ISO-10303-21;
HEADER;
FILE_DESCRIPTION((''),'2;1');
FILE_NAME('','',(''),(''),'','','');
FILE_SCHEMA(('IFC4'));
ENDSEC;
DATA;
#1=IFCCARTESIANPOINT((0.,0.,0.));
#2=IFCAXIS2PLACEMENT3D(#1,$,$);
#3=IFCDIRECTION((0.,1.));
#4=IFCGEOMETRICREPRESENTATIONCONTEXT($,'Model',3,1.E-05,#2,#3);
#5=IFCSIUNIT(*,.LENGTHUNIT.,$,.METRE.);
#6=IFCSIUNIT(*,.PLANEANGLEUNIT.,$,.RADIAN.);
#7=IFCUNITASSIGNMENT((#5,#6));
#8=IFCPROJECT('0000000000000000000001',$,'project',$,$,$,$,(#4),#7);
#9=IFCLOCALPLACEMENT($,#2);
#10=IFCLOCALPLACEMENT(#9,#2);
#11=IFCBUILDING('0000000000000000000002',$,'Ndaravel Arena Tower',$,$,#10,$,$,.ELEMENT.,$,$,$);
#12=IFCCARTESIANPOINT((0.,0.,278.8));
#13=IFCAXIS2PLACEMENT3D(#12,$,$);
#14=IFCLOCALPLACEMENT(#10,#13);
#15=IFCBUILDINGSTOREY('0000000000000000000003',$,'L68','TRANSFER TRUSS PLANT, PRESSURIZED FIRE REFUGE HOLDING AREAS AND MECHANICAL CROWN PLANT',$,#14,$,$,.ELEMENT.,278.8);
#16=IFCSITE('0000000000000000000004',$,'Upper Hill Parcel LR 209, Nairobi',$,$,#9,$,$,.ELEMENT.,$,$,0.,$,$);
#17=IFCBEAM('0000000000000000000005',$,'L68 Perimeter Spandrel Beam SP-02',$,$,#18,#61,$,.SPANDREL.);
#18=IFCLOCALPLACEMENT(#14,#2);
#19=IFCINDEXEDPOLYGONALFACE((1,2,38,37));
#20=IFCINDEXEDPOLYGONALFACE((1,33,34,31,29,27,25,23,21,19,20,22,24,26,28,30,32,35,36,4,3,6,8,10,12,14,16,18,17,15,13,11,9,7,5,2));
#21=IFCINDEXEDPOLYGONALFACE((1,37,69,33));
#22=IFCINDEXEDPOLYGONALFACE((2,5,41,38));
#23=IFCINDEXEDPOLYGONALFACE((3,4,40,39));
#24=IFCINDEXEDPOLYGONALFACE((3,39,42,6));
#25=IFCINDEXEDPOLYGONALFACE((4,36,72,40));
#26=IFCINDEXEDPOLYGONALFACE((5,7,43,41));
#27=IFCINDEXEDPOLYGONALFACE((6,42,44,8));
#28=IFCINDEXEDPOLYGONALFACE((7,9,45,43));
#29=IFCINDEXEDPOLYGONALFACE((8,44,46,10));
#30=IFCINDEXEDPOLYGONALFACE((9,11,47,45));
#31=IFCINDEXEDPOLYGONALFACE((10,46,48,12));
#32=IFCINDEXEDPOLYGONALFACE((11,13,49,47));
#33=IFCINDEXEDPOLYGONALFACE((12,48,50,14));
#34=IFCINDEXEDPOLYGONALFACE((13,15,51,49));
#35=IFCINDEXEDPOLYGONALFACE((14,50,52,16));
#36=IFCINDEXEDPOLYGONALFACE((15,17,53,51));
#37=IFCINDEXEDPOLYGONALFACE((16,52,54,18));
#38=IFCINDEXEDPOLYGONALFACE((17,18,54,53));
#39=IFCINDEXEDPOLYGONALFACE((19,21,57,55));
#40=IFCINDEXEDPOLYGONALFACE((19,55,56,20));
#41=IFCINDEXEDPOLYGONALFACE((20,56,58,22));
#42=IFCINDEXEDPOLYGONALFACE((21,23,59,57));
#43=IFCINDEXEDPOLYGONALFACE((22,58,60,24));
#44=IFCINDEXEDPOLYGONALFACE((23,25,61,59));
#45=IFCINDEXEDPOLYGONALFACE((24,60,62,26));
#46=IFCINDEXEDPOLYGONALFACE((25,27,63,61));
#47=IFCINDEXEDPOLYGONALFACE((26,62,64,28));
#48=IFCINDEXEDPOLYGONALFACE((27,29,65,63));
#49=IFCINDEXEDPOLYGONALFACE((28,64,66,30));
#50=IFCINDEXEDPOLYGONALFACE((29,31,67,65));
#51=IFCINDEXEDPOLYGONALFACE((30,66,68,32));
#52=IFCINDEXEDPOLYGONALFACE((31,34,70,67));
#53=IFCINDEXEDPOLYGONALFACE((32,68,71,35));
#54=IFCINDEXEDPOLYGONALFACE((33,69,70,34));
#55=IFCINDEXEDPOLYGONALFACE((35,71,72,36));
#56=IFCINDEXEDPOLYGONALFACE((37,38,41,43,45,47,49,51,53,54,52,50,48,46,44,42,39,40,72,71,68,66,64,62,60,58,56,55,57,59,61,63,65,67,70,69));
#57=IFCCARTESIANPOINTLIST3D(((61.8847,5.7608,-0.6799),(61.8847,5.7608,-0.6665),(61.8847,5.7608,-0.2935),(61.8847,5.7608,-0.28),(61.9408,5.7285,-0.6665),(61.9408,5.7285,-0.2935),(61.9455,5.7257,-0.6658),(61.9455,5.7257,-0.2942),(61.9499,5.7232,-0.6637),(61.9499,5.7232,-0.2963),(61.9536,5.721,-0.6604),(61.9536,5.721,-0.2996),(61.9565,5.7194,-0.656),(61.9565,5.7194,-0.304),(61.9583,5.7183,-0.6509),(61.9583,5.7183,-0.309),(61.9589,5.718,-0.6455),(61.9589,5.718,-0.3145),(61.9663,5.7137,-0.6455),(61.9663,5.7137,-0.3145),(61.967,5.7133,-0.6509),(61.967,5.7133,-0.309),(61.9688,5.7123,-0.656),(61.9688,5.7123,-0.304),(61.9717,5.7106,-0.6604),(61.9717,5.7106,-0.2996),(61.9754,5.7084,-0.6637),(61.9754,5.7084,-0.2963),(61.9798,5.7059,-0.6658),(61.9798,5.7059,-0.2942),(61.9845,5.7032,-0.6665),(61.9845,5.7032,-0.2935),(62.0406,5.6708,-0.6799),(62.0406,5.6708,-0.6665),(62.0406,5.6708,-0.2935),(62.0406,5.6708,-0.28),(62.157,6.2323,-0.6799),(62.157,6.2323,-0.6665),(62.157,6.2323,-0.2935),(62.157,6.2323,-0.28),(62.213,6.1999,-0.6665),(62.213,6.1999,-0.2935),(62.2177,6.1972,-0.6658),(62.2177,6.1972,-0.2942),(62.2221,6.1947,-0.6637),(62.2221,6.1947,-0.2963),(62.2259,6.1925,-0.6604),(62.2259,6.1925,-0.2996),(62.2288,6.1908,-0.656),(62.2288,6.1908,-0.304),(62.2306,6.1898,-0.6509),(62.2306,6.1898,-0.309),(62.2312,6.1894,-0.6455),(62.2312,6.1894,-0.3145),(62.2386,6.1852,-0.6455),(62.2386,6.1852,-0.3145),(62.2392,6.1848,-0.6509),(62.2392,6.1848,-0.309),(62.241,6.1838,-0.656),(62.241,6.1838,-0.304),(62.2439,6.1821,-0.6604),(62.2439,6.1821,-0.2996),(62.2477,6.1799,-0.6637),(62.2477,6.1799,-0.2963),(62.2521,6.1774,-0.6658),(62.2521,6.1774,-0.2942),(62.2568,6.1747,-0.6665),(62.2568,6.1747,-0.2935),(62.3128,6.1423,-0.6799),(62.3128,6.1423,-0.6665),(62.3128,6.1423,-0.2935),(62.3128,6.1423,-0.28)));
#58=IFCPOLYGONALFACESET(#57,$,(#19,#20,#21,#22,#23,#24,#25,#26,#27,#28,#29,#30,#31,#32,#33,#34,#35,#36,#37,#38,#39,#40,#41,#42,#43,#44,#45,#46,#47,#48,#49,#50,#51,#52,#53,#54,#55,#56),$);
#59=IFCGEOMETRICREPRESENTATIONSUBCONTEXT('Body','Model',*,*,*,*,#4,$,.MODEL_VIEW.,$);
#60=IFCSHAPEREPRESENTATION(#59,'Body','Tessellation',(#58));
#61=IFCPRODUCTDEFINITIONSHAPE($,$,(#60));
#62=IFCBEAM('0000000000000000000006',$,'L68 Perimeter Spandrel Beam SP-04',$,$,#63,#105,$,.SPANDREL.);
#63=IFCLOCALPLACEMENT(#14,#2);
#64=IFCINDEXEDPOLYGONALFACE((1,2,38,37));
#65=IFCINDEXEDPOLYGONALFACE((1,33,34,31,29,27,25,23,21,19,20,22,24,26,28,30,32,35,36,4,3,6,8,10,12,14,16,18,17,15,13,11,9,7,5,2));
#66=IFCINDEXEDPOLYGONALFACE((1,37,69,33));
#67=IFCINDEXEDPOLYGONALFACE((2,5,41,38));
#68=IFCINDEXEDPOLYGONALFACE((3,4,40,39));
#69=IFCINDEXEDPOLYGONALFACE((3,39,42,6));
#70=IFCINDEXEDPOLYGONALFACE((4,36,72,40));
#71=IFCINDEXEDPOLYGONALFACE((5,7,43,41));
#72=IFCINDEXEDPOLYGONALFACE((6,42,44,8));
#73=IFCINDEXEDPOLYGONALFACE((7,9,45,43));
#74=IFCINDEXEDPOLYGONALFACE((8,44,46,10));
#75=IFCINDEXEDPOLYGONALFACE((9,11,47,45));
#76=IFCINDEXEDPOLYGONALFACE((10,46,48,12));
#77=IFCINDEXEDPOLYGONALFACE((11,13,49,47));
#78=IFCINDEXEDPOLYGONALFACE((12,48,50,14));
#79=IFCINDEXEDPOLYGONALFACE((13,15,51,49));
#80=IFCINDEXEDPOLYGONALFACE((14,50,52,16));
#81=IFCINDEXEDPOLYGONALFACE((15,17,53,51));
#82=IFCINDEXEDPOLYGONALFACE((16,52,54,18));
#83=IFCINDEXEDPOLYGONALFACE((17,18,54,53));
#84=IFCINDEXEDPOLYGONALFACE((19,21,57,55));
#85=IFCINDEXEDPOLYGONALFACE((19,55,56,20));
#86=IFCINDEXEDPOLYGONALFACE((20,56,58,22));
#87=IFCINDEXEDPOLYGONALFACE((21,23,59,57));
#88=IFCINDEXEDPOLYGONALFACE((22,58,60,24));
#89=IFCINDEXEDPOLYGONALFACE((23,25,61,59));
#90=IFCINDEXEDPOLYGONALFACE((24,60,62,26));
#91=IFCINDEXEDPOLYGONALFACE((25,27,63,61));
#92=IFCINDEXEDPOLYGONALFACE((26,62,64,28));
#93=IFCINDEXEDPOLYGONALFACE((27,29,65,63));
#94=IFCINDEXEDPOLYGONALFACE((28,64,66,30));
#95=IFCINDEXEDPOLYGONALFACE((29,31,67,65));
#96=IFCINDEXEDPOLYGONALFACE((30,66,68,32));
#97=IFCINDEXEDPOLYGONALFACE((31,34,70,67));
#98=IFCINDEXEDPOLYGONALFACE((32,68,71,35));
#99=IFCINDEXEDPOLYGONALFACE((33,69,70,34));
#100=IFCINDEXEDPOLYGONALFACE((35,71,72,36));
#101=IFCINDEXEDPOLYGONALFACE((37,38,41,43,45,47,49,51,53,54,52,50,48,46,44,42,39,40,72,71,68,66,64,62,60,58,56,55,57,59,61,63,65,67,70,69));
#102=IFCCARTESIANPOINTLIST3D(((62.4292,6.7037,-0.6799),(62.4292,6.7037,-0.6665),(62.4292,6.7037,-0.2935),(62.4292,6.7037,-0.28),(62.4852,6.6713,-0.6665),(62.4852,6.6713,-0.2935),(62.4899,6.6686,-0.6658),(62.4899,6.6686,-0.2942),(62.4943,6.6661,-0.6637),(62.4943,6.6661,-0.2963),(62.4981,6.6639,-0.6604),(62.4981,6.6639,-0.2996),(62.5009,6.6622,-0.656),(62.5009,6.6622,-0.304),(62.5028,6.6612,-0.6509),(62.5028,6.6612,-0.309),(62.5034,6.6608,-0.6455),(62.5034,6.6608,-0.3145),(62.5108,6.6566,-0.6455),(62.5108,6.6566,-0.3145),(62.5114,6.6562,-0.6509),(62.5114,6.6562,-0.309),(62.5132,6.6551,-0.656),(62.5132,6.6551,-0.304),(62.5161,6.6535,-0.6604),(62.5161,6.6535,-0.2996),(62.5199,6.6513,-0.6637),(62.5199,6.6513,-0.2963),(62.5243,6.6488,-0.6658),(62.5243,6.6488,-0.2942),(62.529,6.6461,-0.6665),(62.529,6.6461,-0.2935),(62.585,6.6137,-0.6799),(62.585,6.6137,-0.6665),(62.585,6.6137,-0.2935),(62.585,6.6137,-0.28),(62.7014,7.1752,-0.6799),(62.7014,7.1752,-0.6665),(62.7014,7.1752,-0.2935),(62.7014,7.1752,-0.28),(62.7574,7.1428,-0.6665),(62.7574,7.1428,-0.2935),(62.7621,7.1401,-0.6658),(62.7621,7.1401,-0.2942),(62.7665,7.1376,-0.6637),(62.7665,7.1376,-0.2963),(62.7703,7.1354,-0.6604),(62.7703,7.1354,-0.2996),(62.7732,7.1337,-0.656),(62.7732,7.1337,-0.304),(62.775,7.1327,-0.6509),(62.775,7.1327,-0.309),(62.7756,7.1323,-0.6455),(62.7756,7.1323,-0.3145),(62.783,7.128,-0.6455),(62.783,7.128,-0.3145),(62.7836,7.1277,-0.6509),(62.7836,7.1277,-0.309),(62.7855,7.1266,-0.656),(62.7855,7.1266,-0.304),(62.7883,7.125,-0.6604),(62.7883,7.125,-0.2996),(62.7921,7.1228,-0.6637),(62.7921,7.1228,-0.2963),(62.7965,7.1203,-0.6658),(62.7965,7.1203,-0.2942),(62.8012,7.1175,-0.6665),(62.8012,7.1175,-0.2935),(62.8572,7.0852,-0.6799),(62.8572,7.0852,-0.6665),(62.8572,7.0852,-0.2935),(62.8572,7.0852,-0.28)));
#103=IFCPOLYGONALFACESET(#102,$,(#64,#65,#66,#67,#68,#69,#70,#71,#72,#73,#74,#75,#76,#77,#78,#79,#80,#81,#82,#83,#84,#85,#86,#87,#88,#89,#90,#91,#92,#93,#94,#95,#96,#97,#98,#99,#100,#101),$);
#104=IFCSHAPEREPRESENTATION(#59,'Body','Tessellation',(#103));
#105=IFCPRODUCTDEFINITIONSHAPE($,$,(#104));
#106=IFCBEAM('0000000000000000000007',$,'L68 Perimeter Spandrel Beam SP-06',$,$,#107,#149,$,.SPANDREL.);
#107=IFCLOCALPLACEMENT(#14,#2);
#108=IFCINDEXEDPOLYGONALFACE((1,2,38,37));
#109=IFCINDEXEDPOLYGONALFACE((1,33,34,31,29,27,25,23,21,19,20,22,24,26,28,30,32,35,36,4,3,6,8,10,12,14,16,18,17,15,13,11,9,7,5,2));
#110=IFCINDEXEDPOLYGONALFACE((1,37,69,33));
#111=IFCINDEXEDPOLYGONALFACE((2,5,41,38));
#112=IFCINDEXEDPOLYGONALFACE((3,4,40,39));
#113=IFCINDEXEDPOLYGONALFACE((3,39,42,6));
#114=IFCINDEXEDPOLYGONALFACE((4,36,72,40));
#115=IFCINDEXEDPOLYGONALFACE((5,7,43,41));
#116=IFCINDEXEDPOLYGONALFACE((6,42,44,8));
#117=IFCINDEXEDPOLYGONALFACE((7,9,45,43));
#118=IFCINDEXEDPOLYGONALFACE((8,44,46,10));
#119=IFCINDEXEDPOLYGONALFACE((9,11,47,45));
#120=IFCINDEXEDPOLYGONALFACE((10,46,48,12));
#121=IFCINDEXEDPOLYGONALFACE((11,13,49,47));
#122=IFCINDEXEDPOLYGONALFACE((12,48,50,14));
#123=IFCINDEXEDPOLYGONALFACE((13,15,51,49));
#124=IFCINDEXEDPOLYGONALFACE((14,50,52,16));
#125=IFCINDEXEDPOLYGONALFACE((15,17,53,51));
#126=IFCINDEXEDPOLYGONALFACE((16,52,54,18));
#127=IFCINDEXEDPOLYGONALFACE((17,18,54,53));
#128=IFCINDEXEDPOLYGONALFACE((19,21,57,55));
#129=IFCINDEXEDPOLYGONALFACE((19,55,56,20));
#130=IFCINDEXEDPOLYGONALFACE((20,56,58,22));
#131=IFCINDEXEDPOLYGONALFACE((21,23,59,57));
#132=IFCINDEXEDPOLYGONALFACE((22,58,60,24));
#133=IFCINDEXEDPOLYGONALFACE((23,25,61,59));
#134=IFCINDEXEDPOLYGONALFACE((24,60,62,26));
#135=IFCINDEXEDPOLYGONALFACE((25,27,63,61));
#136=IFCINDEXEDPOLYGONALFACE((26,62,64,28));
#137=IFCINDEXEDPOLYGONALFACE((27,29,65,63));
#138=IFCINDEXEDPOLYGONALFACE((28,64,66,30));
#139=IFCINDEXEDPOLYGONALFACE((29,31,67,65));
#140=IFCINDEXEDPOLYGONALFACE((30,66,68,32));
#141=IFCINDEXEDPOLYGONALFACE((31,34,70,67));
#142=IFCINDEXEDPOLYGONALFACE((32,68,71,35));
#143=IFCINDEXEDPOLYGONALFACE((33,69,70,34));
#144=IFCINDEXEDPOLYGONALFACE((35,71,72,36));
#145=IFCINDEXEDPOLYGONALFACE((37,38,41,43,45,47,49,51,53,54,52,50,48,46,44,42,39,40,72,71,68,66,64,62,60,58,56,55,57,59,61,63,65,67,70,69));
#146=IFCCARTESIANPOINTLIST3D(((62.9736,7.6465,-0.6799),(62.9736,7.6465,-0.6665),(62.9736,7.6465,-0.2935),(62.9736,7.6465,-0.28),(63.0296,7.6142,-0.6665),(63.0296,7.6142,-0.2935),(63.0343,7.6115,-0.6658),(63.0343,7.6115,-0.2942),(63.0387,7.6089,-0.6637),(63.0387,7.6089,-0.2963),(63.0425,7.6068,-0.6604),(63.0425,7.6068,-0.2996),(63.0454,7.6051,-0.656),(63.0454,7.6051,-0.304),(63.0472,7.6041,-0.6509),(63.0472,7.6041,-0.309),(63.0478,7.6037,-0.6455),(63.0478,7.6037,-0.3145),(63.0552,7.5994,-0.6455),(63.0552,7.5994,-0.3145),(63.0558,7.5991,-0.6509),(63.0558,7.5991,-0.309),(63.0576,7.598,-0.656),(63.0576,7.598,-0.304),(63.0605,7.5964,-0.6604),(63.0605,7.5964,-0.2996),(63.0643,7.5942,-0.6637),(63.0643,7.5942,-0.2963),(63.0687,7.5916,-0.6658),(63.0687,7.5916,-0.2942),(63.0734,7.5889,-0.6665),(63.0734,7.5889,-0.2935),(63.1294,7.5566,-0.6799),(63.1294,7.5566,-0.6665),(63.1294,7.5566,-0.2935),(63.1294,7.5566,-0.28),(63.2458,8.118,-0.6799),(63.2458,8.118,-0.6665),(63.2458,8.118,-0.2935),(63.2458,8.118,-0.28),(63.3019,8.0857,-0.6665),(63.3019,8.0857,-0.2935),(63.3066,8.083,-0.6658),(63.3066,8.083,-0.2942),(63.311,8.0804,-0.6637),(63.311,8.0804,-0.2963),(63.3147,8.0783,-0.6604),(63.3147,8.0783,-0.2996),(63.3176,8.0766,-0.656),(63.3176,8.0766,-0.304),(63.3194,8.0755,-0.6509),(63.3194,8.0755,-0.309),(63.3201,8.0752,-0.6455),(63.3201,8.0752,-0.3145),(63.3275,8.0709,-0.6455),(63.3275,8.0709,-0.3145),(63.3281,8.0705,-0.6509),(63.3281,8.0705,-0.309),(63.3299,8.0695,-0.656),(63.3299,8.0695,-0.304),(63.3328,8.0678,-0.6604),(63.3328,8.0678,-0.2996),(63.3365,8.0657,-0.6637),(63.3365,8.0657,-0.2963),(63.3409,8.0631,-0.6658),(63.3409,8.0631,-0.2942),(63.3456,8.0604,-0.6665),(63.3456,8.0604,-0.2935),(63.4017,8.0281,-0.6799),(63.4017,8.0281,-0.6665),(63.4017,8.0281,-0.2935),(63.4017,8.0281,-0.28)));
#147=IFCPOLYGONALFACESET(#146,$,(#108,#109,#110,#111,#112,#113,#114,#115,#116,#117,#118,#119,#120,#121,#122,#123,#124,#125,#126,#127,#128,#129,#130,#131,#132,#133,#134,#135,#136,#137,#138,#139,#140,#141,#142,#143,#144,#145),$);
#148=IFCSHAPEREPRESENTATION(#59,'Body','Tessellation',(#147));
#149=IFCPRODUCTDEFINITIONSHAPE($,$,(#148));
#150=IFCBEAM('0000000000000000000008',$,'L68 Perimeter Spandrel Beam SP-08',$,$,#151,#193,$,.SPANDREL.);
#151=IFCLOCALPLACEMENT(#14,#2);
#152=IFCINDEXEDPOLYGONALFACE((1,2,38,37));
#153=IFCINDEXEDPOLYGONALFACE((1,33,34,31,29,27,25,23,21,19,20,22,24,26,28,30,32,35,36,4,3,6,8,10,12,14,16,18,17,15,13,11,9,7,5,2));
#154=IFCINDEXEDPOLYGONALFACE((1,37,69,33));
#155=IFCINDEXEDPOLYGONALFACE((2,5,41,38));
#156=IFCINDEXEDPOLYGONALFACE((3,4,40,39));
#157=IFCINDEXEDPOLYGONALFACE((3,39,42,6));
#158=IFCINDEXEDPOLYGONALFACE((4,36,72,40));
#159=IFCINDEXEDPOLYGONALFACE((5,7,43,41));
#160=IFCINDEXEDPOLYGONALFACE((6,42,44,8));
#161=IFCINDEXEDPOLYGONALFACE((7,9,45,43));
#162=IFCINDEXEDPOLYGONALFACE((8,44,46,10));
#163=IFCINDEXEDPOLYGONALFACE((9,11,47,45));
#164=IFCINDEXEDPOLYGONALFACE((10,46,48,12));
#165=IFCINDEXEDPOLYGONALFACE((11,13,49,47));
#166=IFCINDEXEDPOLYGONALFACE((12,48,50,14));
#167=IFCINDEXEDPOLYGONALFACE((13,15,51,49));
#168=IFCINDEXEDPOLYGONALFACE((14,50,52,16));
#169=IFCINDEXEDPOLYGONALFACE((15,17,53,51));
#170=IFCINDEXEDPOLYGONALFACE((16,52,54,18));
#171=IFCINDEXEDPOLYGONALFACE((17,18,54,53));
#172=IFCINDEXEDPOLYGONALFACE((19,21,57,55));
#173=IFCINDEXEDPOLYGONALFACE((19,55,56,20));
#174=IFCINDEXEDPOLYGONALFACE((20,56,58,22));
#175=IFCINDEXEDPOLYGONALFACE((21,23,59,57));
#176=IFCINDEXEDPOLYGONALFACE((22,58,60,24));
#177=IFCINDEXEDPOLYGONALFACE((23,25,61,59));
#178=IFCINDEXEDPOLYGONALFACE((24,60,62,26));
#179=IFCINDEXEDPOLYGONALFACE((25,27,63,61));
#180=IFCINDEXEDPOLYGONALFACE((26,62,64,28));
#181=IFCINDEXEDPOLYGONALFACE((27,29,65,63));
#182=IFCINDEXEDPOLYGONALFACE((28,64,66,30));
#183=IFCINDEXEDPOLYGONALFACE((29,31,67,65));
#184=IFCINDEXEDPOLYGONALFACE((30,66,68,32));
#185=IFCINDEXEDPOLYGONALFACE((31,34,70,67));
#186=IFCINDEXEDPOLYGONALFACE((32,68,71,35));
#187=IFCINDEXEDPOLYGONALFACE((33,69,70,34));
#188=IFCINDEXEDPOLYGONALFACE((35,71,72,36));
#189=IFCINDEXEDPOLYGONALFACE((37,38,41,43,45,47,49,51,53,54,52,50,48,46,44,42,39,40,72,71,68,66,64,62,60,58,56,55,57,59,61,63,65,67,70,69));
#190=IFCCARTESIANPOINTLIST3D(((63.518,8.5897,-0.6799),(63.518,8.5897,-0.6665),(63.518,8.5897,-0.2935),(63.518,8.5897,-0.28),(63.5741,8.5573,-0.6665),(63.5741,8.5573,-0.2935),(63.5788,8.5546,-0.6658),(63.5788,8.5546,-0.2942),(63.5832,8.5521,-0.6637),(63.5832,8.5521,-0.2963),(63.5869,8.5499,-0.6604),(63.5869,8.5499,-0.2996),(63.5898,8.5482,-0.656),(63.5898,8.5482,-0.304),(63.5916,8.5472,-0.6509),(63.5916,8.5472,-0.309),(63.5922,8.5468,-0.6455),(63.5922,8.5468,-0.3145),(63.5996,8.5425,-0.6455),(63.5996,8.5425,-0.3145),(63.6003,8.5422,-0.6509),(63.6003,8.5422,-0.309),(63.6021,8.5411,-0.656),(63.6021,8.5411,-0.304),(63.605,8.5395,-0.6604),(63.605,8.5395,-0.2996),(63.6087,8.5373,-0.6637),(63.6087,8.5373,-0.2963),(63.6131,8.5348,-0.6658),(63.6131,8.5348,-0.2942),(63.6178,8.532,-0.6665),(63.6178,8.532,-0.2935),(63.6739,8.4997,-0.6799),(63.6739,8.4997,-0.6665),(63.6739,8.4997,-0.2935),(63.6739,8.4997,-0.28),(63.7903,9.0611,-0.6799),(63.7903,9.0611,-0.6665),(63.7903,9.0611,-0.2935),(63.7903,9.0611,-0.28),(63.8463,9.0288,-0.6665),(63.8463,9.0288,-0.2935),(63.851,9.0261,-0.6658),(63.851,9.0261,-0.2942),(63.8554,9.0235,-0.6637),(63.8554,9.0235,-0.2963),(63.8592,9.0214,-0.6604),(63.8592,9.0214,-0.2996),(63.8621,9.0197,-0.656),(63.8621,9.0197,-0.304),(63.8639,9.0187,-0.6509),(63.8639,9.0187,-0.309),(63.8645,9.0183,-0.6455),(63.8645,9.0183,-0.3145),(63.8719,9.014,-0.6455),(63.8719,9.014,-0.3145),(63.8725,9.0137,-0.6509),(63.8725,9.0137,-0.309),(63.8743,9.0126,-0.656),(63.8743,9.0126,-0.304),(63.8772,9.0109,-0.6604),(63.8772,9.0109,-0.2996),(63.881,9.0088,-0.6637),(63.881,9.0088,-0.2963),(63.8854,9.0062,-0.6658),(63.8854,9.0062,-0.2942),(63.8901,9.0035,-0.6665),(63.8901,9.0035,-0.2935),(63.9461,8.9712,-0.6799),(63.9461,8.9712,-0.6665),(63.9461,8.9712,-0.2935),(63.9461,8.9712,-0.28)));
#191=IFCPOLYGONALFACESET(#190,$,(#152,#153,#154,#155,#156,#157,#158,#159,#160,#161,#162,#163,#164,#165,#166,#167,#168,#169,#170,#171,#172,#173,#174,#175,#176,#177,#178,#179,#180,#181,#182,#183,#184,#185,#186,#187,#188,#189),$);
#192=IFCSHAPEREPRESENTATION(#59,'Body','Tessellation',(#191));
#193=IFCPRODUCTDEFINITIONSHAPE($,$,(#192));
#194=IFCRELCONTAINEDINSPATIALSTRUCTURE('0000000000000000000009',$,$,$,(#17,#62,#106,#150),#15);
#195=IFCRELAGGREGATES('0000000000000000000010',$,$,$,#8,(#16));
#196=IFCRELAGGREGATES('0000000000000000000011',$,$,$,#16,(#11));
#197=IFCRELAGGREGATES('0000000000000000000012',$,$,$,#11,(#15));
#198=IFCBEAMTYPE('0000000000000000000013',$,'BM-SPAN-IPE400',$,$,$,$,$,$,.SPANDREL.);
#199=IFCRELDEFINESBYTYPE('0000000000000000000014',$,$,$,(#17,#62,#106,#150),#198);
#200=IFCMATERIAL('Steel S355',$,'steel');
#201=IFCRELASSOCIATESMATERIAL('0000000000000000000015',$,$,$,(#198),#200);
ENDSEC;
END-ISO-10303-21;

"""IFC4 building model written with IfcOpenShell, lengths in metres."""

from ifc_helpers import new_model, si_unit, direction, frame, origin, origin_2d, place, context, subcontext, project, spatial, i_section, extrude, material, material_profile, profile_set, type_object, element, save


model = new_model("IFC4")

# Units and contexts
model_context = context("Model", 3, precision=1e-05, world=origin(), true_north=direction((0.0, 1.0)))
body_context = subcontext(model_context, "Body", "Model", "MODEL_VIEW")
ifc_project = project(units=[si_unit("LENGTHUNIT", "METRE"), si_unit("PLANEANGLEUNIT", "RADIAN")], contexts=[model_context])

# Site, building, storey
site_placement = place(None, origin())
site = spatial("IfcSite", under=ifc_project, at=site_placement, Name="Upper Hill Parcel LR 209, Nairobi", CompositionType="ELEMENT", RefElevation=0.0)
building_placement = place(site_placement, origin())
building = spatial("IfcBuilding", under=site, at=building_placement, Name="Ndaravel Arena Tower", CompositionType="ELEMENT")
storey_placement = place(building_placement, frame((0.0, 0.0, 278.8)))
storey = spatial("IfcBuildingStorey", under=building, at=storey_placement, Name="L68", Description="TRANSFER TRUSS PLANT, PRESSURIZED FIRE REFUGE HOLDING AREAS AND MECHANICAL CROWN PLANT", CompositionType="ELEMENT", Elevation=278.8)

# Beams
ifc_material_1 = material(Name="Steel S355", Category="steel")
ifc_material_profile_1 = material_profile(ifc_material_1, i_section(OverallWidth=0.1799, OverallDepth=0.3999, WebThickness=0.0085, FlangeThickness=0.0134, FilletRadius=0.021, at=origin_2d()), Name="IPE 400")
ifc_profile_set_1 = profile_set([ifc_material_profile_1], Name="Steel S355")
beam_type = type_object("IfcBeamType", Name="BM-SPAN-IPE400", PredefinedType="SPANDREL", material=ifc_profile_set_1)
for number, where, z_axis, x_axis, name in (
    (1, (61.9626, 5.7158, -0.48), (0.500046, 0.865999, 0.0), (-0.865999, 0.500046, 0.0), "L68 Perimeter Spandrel Beam SP-02"),
    (2, (62.5071, 6.6587, -0.48), (0.500046, 0.865999, 0.0), (-0.865999, 0.500046, 0.0), "L68 Perimeter Spandrel Beam SP-04"),
    (3, (63.0515, 7.6016, -0.48), (0.500046, 0.865999, 0.0), (-0.865999, 0.500046, 0.0), "L68 Perimeter Spandrel Beam SP-06"),
    (4, (63.5959, 8.5447, -0.48), (0.500046, 0.865999, 0.0), (-0.865999, 0.500046, 0.0), "L68 Perimeter Spandrel Beam SP-08"),
):
    element("IfcBeam", number, at=place(storey_placement, frame(where, z_axis=z_axis, x_axis=x_axis)), inside=storey, type_object=beam_type, Name=name, PredefinedType="SPANDREL", context=body_context, shape_type="SweptSolid", body=[
        extrude(i_section(OverallWidth=0.1799, OverallDepth=0.3999, WebThickness=0.0085, FlangeThickness=0.0134, FilletRadius=0.021, at=origin_2d()), origin(), (0.0, 0.0, 1.0), 0.5444),
    ])

save(model, "model.ifc")
